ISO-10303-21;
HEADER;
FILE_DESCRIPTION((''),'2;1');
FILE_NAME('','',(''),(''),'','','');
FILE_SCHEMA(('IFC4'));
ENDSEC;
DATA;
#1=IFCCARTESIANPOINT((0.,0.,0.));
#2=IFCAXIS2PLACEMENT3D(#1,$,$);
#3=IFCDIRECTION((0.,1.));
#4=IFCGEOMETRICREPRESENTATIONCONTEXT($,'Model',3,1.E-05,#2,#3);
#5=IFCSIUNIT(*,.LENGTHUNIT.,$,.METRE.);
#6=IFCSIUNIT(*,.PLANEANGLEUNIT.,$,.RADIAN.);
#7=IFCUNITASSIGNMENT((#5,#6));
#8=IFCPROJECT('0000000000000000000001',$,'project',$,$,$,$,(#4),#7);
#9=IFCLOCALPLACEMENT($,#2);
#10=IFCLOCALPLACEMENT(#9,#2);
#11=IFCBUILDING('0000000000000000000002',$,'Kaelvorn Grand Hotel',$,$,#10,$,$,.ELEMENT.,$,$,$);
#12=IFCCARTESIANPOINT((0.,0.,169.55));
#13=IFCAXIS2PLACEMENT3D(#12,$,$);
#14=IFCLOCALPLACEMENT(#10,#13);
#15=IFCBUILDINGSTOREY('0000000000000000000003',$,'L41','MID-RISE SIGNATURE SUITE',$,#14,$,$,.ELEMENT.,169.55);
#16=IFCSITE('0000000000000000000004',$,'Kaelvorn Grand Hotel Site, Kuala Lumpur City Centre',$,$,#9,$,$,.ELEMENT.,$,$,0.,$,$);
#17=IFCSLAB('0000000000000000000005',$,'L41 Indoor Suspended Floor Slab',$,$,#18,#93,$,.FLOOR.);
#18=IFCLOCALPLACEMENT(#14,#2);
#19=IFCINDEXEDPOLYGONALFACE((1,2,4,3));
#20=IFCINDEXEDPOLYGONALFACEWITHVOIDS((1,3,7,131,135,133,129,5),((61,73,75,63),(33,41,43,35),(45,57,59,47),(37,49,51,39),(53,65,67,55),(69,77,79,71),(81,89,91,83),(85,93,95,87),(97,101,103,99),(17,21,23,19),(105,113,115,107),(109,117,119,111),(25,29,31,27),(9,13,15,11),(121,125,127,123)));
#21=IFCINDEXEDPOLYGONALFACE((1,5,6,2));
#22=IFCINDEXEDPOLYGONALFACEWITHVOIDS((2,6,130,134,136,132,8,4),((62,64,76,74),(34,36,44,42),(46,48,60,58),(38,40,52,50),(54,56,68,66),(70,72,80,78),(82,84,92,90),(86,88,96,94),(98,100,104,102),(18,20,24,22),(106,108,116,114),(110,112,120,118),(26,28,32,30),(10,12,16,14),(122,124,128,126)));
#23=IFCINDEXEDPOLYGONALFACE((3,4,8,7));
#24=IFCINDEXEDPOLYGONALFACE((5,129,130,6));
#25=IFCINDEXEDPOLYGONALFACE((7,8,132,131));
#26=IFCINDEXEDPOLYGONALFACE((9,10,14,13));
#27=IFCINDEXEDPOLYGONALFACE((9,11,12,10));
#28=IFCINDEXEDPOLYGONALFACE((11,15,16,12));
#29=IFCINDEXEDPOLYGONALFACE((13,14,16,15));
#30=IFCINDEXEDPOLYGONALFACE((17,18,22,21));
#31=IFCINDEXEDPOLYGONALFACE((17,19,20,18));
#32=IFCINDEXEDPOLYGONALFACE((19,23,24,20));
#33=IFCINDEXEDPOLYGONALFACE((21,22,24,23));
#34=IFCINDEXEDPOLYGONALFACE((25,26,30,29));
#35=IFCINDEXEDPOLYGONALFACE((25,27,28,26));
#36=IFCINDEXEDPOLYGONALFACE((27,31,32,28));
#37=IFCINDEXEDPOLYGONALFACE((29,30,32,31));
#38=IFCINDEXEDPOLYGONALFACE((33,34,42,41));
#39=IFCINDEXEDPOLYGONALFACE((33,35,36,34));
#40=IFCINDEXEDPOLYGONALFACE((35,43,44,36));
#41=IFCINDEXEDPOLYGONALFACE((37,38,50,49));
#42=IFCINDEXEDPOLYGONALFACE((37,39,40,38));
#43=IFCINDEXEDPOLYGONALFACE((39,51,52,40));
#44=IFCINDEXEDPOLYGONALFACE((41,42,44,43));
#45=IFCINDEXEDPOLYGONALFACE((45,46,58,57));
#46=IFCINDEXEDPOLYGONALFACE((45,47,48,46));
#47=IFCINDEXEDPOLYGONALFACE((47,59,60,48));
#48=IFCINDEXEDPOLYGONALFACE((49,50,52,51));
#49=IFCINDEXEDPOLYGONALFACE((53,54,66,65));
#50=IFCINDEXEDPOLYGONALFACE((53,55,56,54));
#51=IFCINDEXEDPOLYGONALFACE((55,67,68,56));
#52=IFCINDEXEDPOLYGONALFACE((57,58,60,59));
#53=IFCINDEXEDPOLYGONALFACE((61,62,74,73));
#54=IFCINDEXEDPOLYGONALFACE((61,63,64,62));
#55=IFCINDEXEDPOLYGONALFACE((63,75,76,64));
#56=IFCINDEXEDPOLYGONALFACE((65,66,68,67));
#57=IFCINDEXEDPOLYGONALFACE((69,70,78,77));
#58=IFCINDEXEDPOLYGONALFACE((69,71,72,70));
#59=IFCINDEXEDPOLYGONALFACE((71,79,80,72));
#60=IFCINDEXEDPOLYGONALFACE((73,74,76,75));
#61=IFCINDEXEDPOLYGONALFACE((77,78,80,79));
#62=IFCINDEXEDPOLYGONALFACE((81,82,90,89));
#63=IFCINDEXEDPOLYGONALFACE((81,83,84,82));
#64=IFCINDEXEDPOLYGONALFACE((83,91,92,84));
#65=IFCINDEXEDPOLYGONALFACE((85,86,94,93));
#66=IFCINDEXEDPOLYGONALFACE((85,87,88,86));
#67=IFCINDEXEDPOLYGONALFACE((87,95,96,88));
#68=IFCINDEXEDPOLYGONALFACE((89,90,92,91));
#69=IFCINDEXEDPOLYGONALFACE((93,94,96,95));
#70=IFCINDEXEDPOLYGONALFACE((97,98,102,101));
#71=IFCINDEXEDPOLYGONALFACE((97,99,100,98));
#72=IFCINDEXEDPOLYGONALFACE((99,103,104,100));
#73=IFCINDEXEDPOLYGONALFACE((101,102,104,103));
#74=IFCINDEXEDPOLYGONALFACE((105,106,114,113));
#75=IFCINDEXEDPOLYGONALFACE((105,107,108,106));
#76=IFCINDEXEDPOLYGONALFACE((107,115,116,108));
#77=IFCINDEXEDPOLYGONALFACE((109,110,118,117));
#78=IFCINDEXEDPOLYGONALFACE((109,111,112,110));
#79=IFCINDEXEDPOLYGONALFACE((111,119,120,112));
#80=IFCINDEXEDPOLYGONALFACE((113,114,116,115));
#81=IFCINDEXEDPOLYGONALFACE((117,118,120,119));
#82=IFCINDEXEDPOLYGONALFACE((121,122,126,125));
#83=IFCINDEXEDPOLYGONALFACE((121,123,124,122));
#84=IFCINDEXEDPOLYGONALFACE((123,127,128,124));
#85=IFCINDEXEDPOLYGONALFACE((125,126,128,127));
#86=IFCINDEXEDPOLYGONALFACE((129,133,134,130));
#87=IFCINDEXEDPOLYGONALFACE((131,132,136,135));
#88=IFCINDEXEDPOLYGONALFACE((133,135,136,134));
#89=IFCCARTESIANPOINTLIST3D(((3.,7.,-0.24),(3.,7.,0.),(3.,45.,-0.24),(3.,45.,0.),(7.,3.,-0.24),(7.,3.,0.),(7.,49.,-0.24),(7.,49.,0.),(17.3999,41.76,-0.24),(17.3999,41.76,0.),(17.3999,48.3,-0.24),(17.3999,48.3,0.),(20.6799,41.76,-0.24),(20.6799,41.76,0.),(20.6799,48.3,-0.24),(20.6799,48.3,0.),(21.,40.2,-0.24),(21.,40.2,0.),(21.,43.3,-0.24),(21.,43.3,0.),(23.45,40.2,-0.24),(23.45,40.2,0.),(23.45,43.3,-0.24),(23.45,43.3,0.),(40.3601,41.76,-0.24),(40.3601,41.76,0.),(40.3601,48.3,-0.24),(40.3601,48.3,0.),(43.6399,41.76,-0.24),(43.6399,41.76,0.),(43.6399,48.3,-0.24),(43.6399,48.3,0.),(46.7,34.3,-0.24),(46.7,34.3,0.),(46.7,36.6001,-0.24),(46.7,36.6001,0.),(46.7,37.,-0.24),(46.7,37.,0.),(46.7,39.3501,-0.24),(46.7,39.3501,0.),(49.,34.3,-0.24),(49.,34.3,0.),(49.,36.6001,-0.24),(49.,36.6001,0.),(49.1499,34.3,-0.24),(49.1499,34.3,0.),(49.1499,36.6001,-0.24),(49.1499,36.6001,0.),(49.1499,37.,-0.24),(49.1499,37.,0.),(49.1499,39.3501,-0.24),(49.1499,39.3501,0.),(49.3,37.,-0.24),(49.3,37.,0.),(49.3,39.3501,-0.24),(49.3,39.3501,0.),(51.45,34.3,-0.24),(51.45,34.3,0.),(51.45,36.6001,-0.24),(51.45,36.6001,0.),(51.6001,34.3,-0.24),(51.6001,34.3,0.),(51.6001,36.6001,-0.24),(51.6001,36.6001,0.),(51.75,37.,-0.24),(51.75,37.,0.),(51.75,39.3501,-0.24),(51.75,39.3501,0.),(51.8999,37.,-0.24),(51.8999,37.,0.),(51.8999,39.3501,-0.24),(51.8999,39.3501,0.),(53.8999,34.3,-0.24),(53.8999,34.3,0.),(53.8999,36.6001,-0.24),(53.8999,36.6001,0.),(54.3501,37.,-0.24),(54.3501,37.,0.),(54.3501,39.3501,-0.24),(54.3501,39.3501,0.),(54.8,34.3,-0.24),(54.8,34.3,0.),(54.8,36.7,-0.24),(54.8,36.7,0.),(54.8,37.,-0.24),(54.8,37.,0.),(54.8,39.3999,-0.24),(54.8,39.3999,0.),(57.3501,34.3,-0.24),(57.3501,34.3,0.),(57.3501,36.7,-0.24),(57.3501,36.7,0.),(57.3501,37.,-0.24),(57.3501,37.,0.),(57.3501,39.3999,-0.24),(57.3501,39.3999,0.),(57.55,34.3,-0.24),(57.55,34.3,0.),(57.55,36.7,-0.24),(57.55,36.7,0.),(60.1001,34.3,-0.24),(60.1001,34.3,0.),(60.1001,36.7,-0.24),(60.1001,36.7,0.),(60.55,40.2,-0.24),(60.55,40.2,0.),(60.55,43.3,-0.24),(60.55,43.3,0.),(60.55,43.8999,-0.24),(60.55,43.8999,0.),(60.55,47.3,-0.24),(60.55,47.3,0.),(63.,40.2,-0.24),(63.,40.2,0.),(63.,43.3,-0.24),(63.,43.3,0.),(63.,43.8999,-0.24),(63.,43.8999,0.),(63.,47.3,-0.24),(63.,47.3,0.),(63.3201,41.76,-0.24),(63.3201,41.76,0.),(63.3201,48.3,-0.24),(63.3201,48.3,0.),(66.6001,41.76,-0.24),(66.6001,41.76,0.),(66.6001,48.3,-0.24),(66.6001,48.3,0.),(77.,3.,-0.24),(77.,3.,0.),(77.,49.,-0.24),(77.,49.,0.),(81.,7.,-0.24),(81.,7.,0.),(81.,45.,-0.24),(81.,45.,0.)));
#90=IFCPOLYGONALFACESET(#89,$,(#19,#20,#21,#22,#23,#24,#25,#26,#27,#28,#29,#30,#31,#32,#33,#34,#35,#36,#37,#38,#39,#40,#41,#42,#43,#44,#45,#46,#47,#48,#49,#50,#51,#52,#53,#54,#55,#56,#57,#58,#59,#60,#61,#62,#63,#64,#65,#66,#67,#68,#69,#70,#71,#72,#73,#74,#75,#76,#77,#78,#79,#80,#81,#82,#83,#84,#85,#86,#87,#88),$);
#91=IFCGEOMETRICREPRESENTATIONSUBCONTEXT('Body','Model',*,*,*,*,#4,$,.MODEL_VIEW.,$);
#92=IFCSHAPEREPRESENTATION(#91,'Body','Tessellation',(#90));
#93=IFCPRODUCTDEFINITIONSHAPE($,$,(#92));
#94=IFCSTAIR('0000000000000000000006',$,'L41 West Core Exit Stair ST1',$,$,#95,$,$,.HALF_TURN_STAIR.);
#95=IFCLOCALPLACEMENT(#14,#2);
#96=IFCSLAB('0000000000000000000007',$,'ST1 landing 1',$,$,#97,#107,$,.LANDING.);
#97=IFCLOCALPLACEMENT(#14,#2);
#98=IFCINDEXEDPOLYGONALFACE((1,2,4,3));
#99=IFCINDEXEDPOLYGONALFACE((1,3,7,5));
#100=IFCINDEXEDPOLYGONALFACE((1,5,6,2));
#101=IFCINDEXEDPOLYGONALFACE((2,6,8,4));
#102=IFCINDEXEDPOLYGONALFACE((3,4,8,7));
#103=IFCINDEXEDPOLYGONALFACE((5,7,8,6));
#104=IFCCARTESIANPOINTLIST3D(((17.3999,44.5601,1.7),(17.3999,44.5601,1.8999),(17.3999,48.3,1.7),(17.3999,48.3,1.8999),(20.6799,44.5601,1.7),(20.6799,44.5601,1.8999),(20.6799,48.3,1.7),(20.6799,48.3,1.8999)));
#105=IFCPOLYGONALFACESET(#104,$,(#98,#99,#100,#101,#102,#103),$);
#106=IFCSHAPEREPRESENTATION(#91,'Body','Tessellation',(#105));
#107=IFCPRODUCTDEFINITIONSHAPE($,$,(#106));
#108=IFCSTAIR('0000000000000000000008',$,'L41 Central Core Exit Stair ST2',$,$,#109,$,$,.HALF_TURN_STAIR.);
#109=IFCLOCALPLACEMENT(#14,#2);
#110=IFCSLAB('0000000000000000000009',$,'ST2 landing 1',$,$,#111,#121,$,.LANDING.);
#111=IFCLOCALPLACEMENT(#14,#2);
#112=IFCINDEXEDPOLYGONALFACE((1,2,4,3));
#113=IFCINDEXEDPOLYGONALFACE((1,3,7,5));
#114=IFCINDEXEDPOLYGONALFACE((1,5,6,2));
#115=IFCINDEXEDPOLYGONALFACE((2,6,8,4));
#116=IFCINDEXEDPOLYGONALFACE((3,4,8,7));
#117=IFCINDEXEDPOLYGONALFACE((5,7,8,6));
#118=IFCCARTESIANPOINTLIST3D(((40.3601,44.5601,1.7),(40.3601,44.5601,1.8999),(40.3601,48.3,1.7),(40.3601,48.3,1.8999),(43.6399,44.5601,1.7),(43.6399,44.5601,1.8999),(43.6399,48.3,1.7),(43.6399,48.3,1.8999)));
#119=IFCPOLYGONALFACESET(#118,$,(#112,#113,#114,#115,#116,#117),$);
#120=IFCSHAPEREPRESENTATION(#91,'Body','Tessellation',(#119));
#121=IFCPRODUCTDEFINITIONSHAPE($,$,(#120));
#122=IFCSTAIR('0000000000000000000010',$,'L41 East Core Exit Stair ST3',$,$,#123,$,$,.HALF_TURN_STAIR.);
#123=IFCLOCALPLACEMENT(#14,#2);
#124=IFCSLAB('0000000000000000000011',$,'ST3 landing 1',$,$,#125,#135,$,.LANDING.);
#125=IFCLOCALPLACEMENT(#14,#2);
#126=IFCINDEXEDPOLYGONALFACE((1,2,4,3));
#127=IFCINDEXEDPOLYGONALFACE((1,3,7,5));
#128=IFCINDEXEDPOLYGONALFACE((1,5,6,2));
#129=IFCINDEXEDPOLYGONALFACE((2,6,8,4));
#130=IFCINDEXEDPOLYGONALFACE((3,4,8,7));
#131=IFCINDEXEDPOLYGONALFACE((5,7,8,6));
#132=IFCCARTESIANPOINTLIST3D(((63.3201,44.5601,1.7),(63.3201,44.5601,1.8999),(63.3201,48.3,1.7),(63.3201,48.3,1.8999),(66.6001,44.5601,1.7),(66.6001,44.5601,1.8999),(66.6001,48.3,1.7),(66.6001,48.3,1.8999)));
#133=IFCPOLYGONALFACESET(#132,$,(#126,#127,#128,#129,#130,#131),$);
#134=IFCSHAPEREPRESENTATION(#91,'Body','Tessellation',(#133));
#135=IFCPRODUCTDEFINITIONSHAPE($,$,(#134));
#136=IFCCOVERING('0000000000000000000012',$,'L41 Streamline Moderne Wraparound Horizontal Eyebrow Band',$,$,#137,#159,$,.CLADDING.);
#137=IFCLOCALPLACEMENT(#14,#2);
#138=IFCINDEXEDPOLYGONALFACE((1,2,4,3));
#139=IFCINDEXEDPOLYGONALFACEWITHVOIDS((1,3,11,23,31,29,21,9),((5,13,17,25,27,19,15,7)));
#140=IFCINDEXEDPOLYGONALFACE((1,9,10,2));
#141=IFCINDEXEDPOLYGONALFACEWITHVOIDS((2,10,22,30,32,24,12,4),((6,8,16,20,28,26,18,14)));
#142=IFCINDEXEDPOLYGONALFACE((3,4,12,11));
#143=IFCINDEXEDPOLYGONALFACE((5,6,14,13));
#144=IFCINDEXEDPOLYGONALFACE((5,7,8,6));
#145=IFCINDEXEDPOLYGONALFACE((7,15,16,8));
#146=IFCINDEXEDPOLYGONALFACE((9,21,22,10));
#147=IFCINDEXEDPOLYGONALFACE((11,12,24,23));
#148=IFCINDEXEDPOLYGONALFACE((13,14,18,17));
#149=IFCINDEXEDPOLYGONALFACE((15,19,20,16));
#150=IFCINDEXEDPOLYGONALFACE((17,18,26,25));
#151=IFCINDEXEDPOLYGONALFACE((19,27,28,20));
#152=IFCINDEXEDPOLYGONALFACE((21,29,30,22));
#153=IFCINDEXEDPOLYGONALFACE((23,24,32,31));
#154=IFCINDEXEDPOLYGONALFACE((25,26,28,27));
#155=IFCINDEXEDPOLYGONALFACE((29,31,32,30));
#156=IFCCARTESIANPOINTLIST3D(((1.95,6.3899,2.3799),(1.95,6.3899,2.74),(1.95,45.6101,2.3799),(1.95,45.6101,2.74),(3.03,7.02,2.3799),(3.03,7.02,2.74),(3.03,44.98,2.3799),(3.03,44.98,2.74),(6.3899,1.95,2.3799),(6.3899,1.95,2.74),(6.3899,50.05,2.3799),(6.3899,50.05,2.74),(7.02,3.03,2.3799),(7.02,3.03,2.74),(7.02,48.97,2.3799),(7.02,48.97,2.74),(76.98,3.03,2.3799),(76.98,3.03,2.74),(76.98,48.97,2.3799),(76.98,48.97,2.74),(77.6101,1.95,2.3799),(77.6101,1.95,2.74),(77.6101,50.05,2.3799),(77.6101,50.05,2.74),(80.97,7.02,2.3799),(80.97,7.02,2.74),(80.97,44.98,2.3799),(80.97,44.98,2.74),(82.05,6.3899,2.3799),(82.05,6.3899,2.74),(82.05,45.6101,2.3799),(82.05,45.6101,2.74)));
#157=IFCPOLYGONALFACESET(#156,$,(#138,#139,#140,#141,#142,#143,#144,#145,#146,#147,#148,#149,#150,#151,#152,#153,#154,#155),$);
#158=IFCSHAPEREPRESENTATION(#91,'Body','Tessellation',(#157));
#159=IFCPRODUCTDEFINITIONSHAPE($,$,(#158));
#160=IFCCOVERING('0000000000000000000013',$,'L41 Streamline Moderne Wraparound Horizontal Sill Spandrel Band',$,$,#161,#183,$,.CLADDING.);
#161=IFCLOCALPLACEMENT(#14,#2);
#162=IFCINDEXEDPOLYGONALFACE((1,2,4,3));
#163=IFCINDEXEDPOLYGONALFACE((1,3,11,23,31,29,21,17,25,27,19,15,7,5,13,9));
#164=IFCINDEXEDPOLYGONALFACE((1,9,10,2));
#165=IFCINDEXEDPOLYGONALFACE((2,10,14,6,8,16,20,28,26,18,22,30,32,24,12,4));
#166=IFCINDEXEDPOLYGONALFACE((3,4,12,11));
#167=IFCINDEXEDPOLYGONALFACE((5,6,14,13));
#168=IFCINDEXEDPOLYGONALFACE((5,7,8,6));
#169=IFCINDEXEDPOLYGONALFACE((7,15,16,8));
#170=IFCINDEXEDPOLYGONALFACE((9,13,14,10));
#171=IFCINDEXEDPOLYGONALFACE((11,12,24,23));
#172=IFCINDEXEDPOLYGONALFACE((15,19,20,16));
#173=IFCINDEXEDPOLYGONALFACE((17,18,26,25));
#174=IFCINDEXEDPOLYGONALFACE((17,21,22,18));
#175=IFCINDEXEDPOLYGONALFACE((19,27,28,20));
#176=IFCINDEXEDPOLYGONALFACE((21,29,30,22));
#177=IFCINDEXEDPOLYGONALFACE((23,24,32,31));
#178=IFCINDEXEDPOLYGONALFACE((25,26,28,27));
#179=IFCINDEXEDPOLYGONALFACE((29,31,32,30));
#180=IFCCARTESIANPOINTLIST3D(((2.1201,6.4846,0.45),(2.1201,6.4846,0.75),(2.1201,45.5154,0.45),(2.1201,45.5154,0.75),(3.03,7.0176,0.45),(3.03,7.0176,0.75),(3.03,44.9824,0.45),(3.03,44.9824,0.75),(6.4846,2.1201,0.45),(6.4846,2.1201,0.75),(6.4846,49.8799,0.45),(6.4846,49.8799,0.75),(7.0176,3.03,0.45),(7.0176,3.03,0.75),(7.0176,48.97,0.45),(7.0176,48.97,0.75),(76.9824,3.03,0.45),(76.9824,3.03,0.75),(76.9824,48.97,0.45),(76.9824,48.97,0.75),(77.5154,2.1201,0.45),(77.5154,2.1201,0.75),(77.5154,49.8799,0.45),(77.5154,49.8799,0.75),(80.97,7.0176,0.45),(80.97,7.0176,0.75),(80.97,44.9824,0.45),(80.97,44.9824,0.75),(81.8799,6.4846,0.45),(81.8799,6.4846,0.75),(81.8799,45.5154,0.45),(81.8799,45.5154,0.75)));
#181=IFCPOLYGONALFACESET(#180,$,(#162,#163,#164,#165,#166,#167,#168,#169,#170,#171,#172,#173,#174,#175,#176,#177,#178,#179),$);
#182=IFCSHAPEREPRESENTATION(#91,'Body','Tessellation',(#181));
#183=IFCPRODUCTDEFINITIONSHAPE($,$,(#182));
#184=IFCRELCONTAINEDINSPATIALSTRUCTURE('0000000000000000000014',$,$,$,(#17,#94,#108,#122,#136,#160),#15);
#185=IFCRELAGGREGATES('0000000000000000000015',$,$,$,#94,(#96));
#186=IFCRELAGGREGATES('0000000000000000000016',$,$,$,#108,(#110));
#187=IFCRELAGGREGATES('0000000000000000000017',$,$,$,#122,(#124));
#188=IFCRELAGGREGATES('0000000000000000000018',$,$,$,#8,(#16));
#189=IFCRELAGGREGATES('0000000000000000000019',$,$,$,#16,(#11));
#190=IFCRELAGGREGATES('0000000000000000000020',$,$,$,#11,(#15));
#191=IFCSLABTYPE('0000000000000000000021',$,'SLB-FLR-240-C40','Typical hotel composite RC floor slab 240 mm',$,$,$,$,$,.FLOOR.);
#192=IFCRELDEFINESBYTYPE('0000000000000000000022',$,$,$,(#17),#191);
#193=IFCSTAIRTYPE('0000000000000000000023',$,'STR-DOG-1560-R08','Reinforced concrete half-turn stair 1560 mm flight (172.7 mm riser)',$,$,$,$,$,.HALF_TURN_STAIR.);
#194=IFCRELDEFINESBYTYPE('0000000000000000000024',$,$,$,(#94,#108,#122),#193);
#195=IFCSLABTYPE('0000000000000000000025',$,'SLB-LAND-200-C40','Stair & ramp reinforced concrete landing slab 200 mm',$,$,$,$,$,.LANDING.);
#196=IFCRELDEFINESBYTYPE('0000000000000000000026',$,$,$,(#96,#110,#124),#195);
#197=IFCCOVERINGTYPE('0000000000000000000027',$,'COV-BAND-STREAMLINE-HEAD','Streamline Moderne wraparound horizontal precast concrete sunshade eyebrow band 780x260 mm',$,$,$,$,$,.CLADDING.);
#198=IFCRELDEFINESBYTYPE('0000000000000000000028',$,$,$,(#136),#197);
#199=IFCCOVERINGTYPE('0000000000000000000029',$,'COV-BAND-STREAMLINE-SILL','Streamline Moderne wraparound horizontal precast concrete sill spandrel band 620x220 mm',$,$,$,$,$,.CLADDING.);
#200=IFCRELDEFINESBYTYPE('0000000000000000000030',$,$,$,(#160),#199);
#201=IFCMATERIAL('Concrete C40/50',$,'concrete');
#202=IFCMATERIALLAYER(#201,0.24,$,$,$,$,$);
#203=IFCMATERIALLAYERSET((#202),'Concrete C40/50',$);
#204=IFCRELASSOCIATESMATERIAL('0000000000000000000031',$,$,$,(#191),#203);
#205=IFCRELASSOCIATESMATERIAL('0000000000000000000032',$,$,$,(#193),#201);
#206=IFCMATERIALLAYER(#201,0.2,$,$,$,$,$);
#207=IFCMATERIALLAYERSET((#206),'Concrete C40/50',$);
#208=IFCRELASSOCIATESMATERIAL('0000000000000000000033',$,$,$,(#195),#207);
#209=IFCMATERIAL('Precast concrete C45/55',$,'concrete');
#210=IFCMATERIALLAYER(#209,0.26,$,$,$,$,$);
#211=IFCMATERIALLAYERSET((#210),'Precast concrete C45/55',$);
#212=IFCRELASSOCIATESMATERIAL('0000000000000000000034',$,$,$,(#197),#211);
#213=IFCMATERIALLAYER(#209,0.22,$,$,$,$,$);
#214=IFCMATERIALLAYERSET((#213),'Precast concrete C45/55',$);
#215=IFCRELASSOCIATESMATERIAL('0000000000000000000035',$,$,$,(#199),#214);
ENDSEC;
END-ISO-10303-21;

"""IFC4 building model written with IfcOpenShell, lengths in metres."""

from ifc_helpers import new_model, si_unit, direction, frame, origin, place, context, subcontext, project, spatial, polyline, outline, extrude, material, layer, layer_set, type_object, element, aggregate, save


model = new_model("IFC4")

# Units and contexts
model_context = context("Model", 3, precision=1e-05, world=origin(), true_north=direction((0.0, 1.0)))
body_context = subcontext(model_context, "Body", "Model", "MODEL_VIEW")
ifc_project = project(units=[si_unit("LENGTHUNIT", "METRE"), si_unit("PLANEANGLEUNIT", "RADIAN")], contexts=[model_context])

# Site, building, storey
site_placement = place(None, origin())
site = spatial("IfcSite", under=ifc_project, at=site_placement, Name="Kaelvorn Grand Hotel Site, Kuala Lumpur City Centre", CompositionType="ELEMENT", RefElevation=0.0)
building_placement = place(site_placement, origin())
building = spatial("IfcBuilding", under=site, at=building_placement, Name="Kaelvorn Grand Hotel", CompositionType="ELEMENT")
storey_placement = place(building_placement, frame((0.0, 0.0, 169.55)))
storey = spatial("IfcBuildingStorey", under=building, at=storey_placement, Name="L41", Description="MID-RISE SIGNATURE SUITE", CompositionType="ELEMENT", Elevation=169.55)

# Slab
ifc_material_1 = material(Name="Concrete C40/50", Category="concrete")
ifc_layer_1 = layer(ifc_material_1, 0.24)
ifc_layer_set_1 = layer_set([ifc_layer_1], Name="Concrete C40/50")
slab_type_1 = type_object("IfcSlabType", Name="SLB-FLR-240-C40", Description="Typical hotel composite RC floor slab 240 mm", PredefinedType="FLOOR", material=ifc_layer_set_1)
slab_1_placement = place(storey_placement, frame((0.0, 0.0, -0.24)))
element("IfcSlab", 1, at=slab_1_placement, inside=storey, type_object=slab_type_1, Name="L41 Indoor Suspended Floor Slab", PredefinedType="FLOOR", context=body_context, shape_type="SweptSolid", body=[
    extrude(outline(polyline([(7.0, 3.0), (77.0, 3.0), (81.0, 7.0), (81.0, 45.0), (77.0, 49.0), (7.0, 49.0), (3.0, 45.0), (3.0, 7.0), (7.0, 3.0)]), holes=[polyline([(17.3999, 41.76), (17.3999, 48.3), (20.6799, 48.3), (20.6799, 41.76), (17.3999, 41.76)]), polyline([(40.3601, 41.76), (40.3601, 48.3), (43.6399, 48.3), (43.6399, 41.76), (40.3601, 41.76)]), polyline([(63.3201, 41.76), (63.3201, 48.3), (66.6001, 48.3), (66.6001, 41.76), (63.3201, 41.76)]), polyline([(46.7, 34.3), (46.7, 36.6001), (49.0, 36.6001), (49.0, 34.3), (46.7, 34.3)]), polyline([(49.1499, 34.3), (49.1499, 36.6001), (51.45, 36.6001), (51.45, 34.3), (49.1499, 34.3)]), polyline([(51.6001, 34.3), (51.6001, 36.6001), (53.8999, 36.6001), (53.8999, 34.3), (51.6001, 34.3)]), polyline([(46.7, 37.0), (46.7, 39.3501), (49.1499, 39.3501), (49.1499, 37.0), (46.7, 37.0)]), polyline([(49.3, 37.0), (49.3, 39.3501), (51.75, 39.3501), (51.75, 37.0), (49.3, 37.0)]), polyline([(51.8999, 37.0), (51.8999, 39.3501), (54.3501, 39.3501), (54.3501, 37.0), (51.8999, 37.0)]), polyline([(54.8, 34.3), (54.8, 36.7), (57.3501, 36.7), (57.3501, 34.3), (54.8, 34.3)]), polyline([(57.55, 34.3), (57.55, 36.7), (60.1001, 36.7), (60.1001, 34.3), (57.55, 34.3)]), polyline([(54.8, 37.0), (54.8, 39.3999), (57.3501, 39.3999), (57.3501, 37.0), (54.8, 37.0)]), polyline([(21.0, 40.2), (21.0, 43.3), (23.45, 43.3), (23.45, 40.2), (21.0, 40.2)]), polyline([(60.55, 40.2), (60.55, 43.3), (63.0, 43.3), (63.0, 40.2), (60.55, 40.2)]), polyline([(60.55, 43.8999), (60.55, 47.3), (63.0, 47.3), (63.0, 43.8999), (60.55, 43.8999)])]), origin(), (0.0, 0.0, 1.0), 0.24),
])

# Stairs, slabs
stair_type = type_object("IfcStairType", Name="STR-DOG-1560-R08", Description="Reinforced concrete half-turn stair 1560 mm flight (172.7 mm riser)", PredefinedType="HALF_TURN_STAIR", material=ifc_material_1)
stair_1_placement = place(storey_placement, origin())
stair_1 = element("IfcStair", 2, at=stair_1_placement, inside=storey, type_object=stair_type, Name="L41 West Core Exit Stair ST1", PredefinedType="HALF_TURN_STAIR")
ifc_layer_2 = layer(ifc_material_1, 0.2)
ifc_layer_set_2 = layer_set([ifc_layer_2], Name="Concrete C40/50")
slab_type_2 = type_object("IfcSlabType", Name="SLB-LAND-200-C40", Description="Stair & ramp reinforced concrete landing slab 200 mm", PredefinedType="LANDING", material=ifc_layer_set_2)
slab_2_placement = place(storey_placement, frame((0.0, 0.0, 1.7)))
slab_2 = element("IfcSlab", 3, at=slab_2_placement, type_object=slab_type_2, Name="ST1 landing 1", PredefinedType="LANDING", context=body_context, shape_type="SweptSolid", body=[
    extrude(outline(polyline([(20.6799, 44.5601), (20.6799, 48.3), (17.3999, 48.3), (17.3999, 44.5601), (20.6799, 44.5601)])), origin(), (0.0, 0.0, 1.0), 0.2),
])
aggregate(stair_1, [slab_2])
stair_2_placement = place(storey_placement, origin())
stair_2 = element("IfcStair", 4, at=stair_2_placement, inside=storey, type_object=stair_type, Name="L41 Central Core Exit Stair ST2", PredefinedType="HALF_TURN_STAIR")
slab_3_placement = place(storey_placement, frame((0.0, 0.0, 1.7)))
slab_3 = element("IfcSlab", 5, at=slab_3_placement, type_object=slab_type_2, Name="ST2 landing 1", PredefinedType="LANDING", context=body_context, shape_type="SweptSolid", body=[
    extrude(outline(polyline([(43.6399, 44.5601), (43.6399, 48.3), (40.3601, 48.3), (40.3601, 44.5601), (43.6399, 44.5601)])), origin(), (0.0, 0.0, 1.0), 0.2),
])
aggregate(stair_2, [slab_3])
stair_3_placement = place(storey_placement, origin())
stair_3 = element("IfcStair", 6, at=stair_3_placement, inside=storey, type_object=stair_type, Name="L41 East Core Exit Stair ST3", PredefinedType="HALF_TURN_STAIR")
slab_4_placement = place(storey_placement, frame((0.0, 0.0, 1.7)))
slab_4 = element("IfcSlab", 7, at=slab_4_placement, type_object=slab_type_2, Name="ST3 landing 1", PredefinedType="LANDING", context=body_context, shape_type="SweptSolid", body=[
    extrude(outline(polyline([(66.6001, 44.5601), (66.6001, 48.3), (63.3201, 48.3), (63.3201, 44.5601), (66.6001, 44.5601)])), origin(), (0.0, 0.0, 1.0), 0.2),
])
aggregate(stair_3, [slab_4])

# Coverings
ifc_material_2 = material(Name="Precast concrete C45/55", Category="concrete")
ifc_layer_3 = layer(ifc_material_2, 0.26)
ifc_layer_set_3 = layer_set([ifc_layer_3], Name="Precast concrete C45/55")
covering_type_1 = type_object("IfcCoveringType", Name="COV-BAND-STREAMLINE-HEAD", Description="Streamline Moderne wraparound horizontal precast concrete sunshade eyebrow band 780x260 mm", PredefinedType="CLADDING", material=ifc_layer_set_3)
covering_1_placement = place(storey_placement, frame((0.0, 0.0, 2.3799)))
element("IfcCovering", 8, at=covering_1_placement, inside=storey, type_object=covering_type_1, Name="L41 Streamline Moderne Wraparound Horizontal Eyebrow Band", PredefinedType="CLADDING", context=body_context, shape_type="SweptSolid", body=[
    extrude(outline(polyline([(6.3899, 1.95), (77.6101, 1.95), (82.05, 6.3899), (82.05, 45.6101), (77.6101, 50.05), (6.3899, 50.05), (1.95, 45.6101), (1.95, 6.3899), (6.3899, 1.95)]), holes=[polyline([(7.02, 3.03), (76.98, 3.03), (80.97, 7.02), (80.97, 44.98), (76.98, 48.97), (7.02, 48.97), (3.03, 44.98), (3.03, 7.02), (7.02, 3.03)])]), origin(), (0.0, 0.0, 1.0), 0.3601),
])
ifc_layer_4 = layer(ifc_material_2, 0.22)
ifc_layer_set_4 = layer_set([ifc_layer_4], Name="Precast concrete C45/55")
covering_type_2 = type_object("IfcCoveringType", Name="COV-BAND-STREAMLINE-SILL", Description="Streamline Moderne wraparound horizontal precast concrete sill spandrel band 620x220 mm", PredefinedType="CLADDING", material=ifc_layer_set_4)
covering_2_placement = place(storey_placement, frame((0.0, 0.0, 0.45)))
element("IfcCovering", 9, at=covering_2_placement, inside=storey, type_object=covering_type_2, Name="L41 Streamline Moderne Wraparound Horizontal Sill Spandrel Band", PredefinedType="CLADDING", context=body_context, shape_type="SweptSolid", body=[
    extrude(outline(polyline([(77.5154, 2.1201), (81.8799, 6.4846), (81.8799, 45.5154), (77.5154, 49.8799), (6.4846, 49.8799), (2.1201, 45.5154), (2.1201, 6.4846), (6.4846, 2.1201), (7.0176, 3.03), (3.03, 7.0176), (3.03, 44.9824), (7.0176, 48.97), (76.9824, 48.97), (80.97, 44.9824), (80.97, 7.0176), (76.9824, 3.03), (77.5154, 2.1201)])), origin(), (0.0, 0.0, 1.0), 0.3),
])

save(model, "model.ifc")
